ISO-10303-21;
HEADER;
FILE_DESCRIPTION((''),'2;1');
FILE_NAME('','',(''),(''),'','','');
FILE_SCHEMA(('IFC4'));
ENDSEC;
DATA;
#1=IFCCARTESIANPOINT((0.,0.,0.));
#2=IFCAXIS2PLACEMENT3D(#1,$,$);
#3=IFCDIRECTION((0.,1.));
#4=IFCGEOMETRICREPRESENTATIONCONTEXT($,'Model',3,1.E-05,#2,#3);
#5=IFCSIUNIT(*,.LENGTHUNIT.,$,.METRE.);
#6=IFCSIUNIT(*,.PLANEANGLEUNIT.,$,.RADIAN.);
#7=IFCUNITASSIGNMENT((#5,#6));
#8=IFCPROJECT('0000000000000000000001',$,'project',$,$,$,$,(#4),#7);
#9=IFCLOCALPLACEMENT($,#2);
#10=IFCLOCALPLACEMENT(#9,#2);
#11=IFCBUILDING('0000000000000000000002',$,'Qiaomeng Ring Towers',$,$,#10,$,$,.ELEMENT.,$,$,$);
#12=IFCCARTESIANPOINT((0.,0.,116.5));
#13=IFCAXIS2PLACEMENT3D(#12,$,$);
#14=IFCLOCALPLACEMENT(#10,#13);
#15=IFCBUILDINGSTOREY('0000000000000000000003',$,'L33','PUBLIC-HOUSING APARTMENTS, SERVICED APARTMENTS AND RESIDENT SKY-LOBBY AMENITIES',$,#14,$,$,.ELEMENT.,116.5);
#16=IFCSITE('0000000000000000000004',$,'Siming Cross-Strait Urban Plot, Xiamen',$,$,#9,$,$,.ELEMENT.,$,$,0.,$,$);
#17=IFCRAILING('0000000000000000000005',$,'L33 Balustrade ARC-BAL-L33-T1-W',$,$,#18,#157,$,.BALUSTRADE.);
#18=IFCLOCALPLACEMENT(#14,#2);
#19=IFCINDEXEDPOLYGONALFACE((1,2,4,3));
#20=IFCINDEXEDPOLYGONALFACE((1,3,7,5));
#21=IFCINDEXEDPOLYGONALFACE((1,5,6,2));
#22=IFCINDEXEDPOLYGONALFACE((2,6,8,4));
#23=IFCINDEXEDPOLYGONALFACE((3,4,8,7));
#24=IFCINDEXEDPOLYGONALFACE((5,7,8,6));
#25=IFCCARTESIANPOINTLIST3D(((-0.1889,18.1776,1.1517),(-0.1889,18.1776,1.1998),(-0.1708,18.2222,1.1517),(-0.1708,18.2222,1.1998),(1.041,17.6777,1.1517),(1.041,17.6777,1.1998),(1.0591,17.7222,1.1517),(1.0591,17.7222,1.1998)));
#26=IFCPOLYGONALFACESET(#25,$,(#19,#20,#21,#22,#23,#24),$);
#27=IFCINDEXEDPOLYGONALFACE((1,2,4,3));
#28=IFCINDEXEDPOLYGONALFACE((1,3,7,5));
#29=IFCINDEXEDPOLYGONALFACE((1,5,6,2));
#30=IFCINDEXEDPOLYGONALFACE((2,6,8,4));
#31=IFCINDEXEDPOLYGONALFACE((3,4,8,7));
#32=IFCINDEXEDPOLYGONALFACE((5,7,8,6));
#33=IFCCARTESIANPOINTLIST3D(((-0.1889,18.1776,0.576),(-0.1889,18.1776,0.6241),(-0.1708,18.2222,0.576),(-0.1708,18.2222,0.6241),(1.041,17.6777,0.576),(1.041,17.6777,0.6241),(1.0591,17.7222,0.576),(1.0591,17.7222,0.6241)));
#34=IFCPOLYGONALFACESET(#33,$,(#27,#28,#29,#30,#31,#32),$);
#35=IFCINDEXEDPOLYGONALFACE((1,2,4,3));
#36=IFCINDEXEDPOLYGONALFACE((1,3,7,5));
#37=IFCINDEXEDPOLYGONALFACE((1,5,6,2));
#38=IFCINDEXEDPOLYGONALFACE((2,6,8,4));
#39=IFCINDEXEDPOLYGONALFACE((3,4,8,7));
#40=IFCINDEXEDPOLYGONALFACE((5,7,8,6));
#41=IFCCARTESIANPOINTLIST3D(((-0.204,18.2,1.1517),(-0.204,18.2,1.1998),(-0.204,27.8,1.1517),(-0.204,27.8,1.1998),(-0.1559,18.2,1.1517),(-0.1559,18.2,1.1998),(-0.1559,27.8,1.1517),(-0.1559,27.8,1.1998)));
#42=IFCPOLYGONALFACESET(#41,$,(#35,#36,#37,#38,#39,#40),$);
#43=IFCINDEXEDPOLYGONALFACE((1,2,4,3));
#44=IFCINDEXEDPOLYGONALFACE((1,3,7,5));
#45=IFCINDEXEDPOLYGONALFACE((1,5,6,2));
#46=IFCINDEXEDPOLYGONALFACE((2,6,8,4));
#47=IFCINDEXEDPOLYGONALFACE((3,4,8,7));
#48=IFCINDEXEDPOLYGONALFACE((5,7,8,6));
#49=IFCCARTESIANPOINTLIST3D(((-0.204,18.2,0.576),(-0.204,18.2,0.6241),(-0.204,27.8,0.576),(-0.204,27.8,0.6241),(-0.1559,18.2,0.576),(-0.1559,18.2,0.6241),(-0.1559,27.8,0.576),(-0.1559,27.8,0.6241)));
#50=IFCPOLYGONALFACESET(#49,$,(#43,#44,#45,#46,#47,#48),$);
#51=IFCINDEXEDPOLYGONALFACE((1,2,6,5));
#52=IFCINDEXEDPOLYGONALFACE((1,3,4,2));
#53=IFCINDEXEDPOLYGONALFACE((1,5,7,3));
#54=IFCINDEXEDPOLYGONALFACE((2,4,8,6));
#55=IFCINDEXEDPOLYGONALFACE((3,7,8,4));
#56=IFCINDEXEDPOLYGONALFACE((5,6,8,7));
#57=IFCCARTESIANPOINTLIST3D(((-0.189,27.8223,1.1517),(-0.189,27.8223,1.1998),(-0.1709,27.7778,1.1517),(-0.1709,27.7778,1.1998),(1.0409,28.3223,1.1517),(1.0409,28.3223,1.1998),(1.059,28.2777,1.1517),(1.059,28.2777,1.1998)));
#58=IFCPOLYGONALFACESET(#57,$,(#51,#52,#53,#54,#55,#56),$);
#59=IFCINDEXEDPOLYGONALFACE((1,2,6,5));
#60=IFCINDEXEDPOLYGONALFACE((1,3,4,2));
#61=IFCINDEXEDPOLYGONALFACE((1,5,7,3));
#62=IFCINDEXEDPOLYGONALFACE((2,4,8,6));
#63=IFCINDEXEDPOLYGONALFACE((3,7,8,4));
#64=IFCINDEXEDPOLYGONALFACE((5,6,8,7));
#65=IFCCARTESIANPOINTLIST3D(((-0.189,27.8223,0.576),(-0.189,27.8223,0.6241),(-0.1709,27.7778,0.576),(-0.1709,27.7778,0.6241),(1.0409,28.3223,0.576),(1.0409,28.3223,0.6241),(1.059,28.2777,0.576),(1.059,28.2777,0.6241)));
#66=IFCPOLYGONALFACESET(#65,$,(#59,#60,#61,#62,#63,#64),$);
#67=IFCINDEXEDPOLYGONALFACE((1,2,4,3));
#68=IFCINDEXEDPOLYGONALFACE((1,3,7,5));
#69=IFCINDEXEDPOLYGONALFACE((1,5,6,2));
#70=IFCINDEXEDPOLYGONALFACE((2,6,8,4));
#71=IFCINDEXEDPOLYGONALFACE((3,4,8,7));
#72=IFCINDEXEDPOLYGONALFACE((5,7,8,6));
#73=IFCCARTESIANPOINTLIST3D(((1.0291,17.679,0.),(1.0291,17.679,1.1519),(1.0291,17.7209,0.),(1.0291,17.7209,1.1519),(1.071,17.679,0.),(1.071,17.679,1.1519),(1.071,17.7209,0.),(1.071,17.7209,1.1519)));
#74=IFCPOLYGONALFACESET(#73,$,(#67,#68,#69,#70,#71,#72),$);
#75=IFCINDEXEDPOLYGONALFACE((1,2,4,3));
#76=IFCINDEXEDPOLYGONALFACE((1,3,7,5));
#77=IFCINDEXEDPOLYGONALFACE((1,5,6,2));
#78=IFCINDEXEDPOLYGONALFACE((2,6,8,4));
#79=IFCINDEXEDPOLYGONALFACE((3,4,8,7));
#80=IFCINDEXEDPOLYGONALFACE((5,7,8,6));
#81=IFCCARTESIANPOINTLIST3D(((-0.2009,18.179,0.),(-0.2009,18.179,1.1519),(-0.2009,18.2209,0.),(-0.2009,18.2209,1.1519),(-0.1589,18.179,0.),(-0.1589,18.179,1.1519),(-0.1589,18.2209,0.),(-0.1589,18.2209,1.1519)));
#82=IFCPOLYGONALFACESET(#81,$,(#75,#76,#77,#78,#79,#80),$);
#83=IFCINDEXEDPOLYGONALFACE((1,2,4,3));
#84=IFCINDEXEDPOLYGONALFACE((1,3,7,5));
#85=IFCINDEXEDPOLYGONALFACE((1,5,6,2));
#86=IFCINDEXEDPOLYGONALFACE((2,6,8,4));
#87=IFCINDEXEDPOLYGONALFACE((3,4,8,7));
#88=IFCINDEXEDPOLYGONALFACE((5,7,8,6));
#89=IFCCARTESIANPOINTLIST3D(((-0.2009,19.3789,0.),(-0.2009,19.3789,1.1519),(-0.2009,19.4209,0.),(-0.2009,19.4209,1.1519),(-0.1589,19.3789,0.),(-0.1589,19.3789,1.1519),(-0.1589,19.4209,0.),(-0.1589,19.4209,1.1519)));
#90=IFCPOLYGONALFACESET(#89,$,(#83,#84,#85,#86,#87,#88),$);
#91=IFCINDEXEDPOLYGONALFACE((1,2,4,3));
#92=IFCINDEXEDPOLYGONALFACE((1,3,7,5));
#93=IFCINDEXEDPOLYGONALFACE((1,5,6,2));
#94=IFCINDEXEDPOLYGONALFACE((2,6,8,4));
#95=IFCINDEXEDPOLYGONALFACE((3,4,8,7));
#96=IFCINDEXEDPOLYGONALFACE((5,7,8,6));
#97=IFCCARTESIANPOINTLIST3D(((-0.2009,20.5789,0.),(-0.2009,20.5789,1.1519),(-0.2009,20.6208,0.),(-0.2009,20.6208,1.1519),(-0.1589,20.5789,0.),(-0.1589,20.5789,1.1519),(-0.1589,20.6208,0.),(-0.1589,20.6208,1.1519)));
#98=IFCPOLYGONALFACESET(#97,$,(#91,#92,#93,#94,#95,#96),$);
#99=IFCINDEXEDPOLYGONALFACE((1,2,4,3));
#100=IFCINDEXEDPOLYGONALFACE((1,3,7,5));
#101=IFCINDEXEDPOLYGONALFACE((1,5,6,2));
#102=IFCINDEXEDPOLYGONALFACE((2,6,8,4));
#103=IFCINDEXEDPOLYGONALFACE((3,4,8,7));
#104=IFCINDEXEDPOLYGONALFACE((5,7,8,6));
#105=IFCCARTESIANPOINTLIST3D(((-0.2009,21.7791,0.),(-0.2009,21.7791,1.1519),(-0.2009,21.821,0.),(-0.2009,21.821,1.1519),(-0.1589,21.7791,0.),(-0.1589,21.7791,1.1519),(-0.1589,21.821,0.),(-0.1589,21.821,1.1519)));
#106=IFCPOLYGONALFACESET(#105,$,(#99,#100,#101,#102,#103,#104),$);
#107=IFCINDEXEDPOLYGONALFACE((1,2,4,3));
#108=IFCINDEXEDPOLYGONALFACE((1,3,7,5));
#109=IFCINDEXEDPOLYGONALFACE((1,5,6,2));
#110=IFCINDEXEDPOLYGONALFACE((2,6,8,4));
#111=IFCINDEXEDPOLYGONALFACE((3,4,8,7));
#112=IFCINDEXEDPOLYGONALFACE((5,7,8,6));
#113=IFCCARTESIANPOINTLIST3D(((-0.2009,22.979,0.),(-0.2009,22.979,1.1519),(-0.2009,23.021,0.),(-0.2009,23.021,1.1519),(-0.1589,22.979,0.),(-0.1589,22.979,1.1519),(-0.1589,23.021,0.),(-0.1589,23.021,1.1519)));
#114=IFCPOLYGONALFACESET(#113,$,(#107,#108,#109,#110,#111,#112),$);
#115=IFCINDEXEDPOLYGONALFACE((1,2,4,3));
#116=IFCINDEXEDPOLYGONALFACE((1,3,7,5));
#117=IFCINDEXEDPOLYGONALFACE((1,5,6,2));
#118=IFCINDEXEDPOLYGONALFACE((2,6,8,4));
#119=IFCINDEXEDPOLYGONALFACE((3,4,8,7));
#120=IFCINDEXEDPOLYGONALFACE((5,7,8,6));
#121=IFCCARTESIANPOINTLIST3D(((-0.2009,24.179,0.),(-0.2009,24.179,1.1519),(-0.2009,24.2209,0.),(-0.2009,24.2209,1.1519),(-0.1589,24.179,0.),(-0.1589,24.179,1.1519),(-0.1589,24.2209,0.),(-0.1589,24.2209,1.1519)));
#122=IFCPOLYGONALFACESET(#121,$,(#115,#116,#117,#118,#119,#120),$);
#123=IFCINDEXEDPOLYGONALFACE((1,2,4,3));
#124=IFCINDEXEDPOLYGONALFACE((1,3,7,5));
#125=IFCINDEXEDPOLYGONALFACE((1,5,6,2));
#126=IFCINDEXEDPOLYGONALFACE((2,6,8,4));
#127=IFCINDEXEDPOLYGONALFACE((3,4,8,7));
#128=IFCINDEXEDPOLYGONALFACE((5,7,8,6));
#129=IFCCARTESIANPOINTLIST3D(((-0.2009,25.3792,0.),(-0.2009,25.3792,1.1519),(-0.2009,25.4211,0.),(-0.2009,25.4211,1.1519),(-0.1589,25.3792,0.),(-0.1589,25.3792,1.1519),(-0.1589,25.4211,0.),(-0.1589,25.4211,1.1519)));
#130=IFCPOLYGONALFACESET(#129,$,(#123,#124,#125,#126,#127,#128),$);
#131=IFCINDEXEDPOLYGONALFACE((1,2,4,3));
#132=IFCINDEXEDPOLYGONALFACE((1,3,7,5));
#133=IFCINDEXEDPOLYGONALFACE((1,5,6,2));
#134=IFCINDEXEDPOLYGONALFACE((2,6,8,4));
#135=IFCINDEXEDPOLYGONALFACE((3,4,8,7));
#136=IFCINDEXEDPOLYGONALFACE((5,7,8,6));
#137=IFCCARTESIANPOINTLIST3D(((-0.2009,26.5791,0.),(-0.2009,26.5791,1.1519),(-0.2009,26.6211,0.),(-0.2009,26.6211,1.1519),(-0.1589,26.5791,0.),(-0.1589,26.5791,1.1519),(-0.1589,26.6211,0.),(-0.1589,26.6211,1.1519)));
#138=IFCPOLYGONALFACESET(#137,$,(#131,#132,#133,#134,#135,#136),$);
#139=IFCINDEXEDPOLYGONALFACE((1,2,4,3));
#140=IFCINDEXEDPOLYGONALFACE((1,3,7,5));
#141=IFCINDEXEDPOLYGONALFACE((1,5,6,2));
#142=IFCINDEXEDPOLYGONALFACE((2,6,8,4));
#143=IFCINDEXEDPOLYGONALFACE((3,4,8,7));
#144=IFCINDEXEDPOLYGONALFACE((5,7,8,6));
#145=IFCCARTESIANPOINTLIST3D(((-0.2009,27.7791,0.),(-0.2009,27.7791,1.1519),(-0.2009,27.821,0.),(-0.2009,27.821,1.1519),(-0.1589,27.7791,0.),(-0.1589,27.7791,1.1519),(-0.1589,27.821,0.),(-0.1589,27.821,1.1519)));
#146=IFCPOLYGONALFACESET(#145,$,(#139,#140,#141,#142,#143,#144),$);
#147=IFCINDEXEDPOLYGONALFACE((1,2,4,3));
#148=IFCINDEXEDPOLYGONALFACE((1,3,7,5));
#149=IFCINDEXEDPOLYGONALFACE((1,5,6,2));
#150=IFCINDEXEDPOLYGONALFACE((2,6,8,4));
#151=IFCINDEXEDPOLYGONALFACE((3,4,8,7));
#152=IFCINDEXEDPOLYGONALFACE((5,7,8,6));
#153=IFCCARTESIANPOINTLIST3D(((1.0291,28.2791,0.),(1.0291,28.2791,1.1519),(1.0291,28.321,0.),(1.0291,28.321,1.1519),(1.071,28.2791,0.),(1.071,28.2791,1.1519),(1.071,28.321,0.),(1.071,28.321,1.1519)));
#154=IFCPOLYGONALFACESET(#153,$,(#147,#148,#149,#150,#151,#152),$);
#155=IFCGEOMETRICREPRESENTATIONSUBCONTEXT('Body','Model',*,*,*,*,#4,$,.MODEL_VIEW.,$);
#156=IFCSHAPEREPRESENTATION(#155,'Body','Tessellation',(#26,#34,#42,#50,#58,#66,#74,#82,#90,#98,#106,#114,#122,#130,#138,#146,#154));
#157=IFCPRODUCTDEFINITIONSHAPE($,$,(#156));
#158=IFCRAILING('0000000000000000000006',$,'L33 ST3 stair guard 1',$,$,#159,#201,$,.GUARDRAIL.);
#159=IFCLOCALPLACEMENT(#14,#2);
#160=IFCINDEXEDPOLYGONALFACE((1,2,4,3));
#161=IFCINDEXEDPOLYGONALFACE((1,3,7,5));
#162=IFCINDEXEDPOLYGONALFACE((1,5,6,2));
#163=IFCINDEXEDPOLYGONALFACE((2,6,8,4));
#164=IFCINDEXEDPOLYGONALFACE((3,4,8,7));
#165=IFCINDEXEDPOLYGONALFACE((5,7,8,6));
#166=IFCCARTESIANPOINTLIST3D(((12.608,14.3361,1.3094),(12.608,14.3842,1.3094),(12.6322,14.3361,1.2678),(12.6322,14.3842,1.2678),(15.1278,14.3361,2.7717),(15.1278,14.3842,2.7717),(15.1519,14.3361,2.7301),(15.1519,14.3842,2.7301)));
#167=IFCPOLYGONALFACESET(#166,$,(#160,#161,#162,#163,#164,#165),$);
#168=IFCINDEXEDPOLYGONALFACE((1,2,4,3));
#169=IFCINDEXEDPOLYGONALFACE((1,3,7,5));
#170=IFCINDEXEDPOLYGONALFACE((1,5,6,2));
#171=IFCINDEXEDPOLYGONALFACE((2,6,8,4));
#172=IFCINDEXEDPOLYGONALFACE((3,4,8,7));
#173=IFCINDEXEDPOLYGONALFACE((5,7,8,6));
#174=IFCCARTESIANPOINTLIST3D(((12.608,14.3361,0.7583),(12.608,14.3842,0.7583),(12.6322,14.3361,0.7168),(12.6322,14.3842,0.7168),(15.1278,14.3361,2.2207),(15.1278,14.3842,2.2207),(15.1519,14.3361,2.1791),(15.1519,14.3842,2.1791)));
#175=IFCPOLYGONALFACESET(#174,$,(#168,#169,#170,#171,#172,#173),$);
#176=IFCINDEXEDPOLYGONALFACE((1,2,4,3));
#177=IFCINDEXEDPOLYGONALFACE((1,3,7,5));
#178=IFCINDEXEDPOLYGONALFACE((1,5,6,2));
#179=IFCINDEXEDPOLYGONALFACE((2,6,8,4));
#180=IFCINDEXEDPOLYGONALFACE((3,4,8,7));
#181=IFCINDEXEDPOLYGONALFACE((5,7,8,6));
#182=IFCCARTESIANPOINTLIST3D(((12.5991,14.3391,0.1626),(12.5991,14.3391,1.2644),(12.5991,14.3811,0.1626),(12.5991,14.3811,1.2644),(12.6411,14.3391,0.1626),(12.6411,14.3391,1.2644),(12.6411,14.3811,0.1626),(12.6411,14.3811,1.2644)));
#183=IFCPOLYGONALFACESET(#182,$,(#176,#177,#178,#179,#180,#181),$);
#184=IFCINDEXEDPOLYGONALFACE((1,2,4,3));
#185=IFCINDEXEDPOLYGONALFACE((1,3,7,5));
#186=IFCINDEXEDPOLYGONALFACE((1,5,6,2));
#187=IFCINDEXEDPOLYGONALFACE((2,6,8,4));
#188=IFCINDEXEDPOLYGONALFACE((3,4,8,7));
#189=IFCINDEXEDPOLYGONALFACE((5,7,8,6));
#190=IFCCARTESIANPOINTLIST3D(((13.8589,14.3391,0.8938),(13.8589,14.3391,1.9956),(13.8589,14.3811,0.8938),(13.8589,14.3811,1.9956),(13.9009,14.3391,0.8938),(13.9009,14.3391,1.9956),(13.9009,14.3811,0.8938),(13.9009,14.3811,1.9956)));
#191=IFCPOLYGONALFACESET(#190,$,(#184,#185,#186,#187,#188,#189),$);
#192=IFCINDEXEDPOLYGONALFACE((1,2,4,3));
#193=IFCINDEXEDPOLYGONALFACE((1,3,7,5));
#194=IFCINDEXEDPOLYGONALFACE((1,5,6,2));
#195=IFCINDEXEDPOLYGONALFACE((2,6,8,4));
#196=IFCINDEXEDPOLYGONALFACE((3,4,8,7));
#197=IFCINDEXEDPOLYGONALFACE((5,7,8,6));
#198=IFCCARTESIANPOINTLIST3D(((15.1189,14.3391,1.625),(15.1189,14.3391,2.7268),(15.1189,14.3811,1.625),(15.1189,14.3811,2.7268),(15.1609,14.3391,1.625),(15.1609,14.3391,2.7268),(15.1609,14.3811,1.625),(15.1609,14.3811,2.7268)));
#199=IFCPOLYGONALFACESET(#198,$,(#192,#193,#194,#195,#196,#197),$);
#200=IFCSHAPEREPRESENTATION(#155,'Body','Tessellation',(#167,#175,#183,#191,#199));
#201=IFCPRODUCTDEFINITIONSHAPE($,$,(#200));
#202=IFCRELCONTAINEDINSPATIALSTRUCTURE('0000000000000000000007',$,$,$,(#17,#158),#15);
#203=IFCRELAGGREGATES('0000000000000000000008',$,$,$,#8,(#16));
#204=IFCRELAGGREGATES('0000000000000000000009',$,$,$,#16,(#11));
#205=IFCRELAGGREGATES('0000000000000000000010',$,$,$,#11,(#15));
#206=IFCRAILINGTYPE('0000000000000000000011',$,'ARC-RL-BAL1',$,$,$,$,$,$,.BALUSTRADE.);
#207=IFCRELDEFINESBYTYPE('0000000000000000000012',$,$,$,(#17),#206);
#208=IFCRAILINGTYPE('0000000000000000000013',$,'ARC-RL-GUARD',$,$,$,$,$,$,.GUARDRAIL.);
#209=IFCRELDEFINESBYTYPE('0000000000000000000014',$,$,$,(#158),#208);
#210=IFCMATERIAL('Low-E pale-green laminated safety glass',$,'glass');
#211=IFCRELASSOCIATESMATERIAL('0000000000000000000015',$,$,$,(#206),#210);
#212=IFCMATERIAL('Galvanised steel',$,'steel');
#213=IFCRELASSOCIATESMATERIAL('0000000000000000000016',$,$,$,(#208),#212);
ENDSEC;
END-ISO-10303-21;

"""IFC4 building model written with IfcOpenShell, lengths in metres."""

from ifc_helpers import new_model, si_unit, direction, frame, origin, origin_2d, place, context, subcontext, project, spatial, rectangle, extrude, material, type_object, element, save


model = new_model("IFC4")

# Units and contexts
model_context = context("Model", 3, precision=1e-05, world=origin(), true_north=direction((0.0, 1.0)))
body_context = subcontext(model_context, "Body", "Model", "MODEL_VIEW")
ifc_project = project(units=[si_unit("LENGTHUNIT", "METRE"), si_unit("PLANEANGLEUNIT", "RADIAN")], contexts=[model_context])

# Site, building, storey
site_placement = place(None, origin())
site = spatial("IfcSite", under=ifc_project, at=site_placement, Name="Siming Cross-Strait Urban Plot, Xiamen", CompositionType="ELEMENT", RefElevation=0.0)
building_placement = place(site_placement, origin())
building = spatial("IfcBuilding", under=site, at=building_placement, Name="Qiaomeng Ring Towers", CompositionType="ELEMENT")
storey_placement = place(building_placement, frame((0.0, 0.0, 116.5)))
storey = spatial("IfcBuildingStorey", under=building, at=storey_placement, Name="L33", Description="PUBLIC-HOUSING APARTMENTS, SERVICED APARTMENTS AND RESIDENT SKY-LOBBY AMENITIES", CompositionType="ELEMENT", Elevation=116.5)

# Shared definitions
ifc_material_1 = material(Name="Galvanised steel", Category="steel")

# Railings
ifc_material_2 = material(Name="Low-E pale-green laminated safety glass", Category="glass")
railing_type_1 = type_object("IfcRailingType", Name="ARC-RL-BAL1", PredefinedType="BALUSTRADE", material=ifc_material_2)
railing_1_placement = place(storey_placement, frame((1.05, 17.7, 0.0)))
element("IfcRailing", 1, at=railing_1_placement, inside=storey, type_object=railing_type_1, Name="L33 Balustrade ARC-BAL-L33-T1-W", PredefinedType="BALUSTRADE", context=body_context, shape_type="SweptSolid", body=[
    extrude(rectangle(XDim=0.0481, YDim=0.0481, at=origin_2d()), frame((0.0, 0.0, 1.1758), z_axis=(-0.926382, 0.376584, 0.0), x_axis=(-0.376584, -0.926382, 0.0)), (0.0, 0.0, 1.0), 1.3276),
    extrude(rectangle(XDim=0.0481, YDim=0.0481, at=origin_2d()), frame((0.0, 0.0, 0.6001), z_axis=(-0.926382, 0.376584, 0.0), x_axis=(-0.376584, -0.926382, 0.0)), (0.0, 0.0, 1.0), 1.3276),
    extrude(rectangle(XDim=0.0481, YDim=0.0481, at=origin_2d()), frame((-1.23, 0.5, 1.1758), z_axis=(0.0, 1.0, 0.0), x_axis=(-1.0, 0.0, 0.0)), (0.0, 0.0, 1.0), 9.6001),
    extrude(rectangle(XDim=0.0481, YDim=0.0481, at=origin_2d()), frame((-1.23, 0.5, 0.6001), z_axis=(0.0, 1.0, 0.0), x_axis=(-1.0, 0.0, 0.0)), (0.0, 0.0, 1.0), 9.6001),
    extrude(rectangle(XDim=0.0481, YDim=0.0481, at=origin_2d()), frame((-1.23, 10.1001, 1.1758), z_axis=(0.926382, 0.376584, 0.0), x_axis=(-0.376584, 0.926382, 0.0)), (0.0, 0.0, 1.0), 1.3276),
    extrude(rectangle(XDim=0.0481, YDim=0.0481, at=origin_2d()), frame((-1.23, 10.1001, 0.6001), z_axis=(0.926382, 0.376584, 0.0), x_axis=(-0.376584, 0.926382, 0.0)), (0.0, 0.0, 1.0), 1.3276),
    extrude(rectangle(XDim=0.042, YDim=0.042, at=origin_2d()), origin(), (0.0, 0.0, 1.0), 1.1519),
    extrude(rectangle(XDim=0.042, YDim=0.042, at=origin_2d()), frame((-1.23, 0.5, 0.0)), (0.0, 0.0, 1.0), 1.1519),
    extrude(rectangle(XDim=0.042, YDim=0.042, at=origin_2d()), frame((-1.23, 1.7, 0.0)), (0.0, 0.0, 1.0), 1.1519),
    extrude(rectangle(XDim=0.042, YDim=0.042, at=origin_2d()), frame((-1.23, 2.8999, 0.0)), (0.0, 0.0, 1.0), 1.1519),
    extrude(rectangle(XDim=0.042, YDim=0.042, at=origin_2d()), frame((-1.23, 4.1001, 0.0)), (0.0, 0.0, 1.0), 1.1519),
    extrude(rectangle(XDim=0.042, YDim=0.042, at=origin_2d()), frame((-1.23, 5.3, 0.0)), (0.0, 0.0, 1.0), 1.1519),
    extrude(rectangle(XDim=0.042, YDim=0.042, at=origin_2d()), frame((-1.23, 6.5, 0.0)), (0.0, 0.0, 1.0), 1.1519),
    extrude(rectangle(XDim=0.042, YDim=0.042, at=origin_2d()), frame((-1.23, 7.7002, 0.0)), (0.0, 0.0, 1.0), 1.1519),
    extrude(rectangle(XDim=0.042, YDim=0.042, at=origin_2d()), frame((-1.23, 8.9001, 0.0)), (0.0, 0.0, 1.0), 1.1519),
    extrude(rectangle(XDim=0.042, YDim=0.042, at=origin_2d()), frame((-1.23, 10.1001, 0.0)), (0.0, 0.0, 1.0), 1.1519),
    extrude(rectangle(XDim=0.042, YDim=0.042, at=origin_2d()), frame((0.0, 10.6001, 0.0)), (0.0, 0.0, 1.0), 1.1519),
])
railing_type_2 = type_object("IfcRailingType", Name="ARC-RL-GUARD", PredefinedType="GUARDRAIL", material=ifc_material_1)
railing_2_placement = place(storey_placement, frame((12.6201, 14.3601, 0.1626)))
element("IfcRailing", 2, at=railing_2_placement, inside=storey, type_object=railing_type_2, Name="L33 ST3 stair guard 1", PredefinedType="GUARDRAIL", context=body_context, shape_type="SweptSolid", body=[
    extrude(rectangle(XDim=0.0481, YDim=0.0481, at=origin_2d()), frame((0.0, 0.0, 1.126), z_axis=(0.864892, 0.0, 0.501958), x_axis=(0.0, 1.0, 0.0)), (0.0, 0.0, 1.0), 2.9133),
    extrude(rectangle(XDim=0.0481, YDim=0.0481, at=origin_2d()), frame((0.0, 0.0, 0.575), z_axis=(0.864892, 0.0, 0.501958), x_axis=(0.0, 1.0, 0.0)), (0.0, 0.0, 1.0), 2.9133),
    extrude(rectangle(XDim=0.042, YDim=0.042, at=origin_2d()), origin(), (0.0, 0.0, 1.0), 1.1018),
    extrude(rectangle(XDim=0.042, YDim=0.042, at=origin_2d()), frame((1.2598, 0.0, 0.7312)), (0.0, 0.0, 1.0), 1.1018),
    extrude(rectangle(XDim=0.042, YDim=0.042, at=origin_2d()), frame((2.5198, 0.0, 1.4624)), (0.0, 0.0, 1.0), 1.1018),
])

save(model, "model.ifc")
